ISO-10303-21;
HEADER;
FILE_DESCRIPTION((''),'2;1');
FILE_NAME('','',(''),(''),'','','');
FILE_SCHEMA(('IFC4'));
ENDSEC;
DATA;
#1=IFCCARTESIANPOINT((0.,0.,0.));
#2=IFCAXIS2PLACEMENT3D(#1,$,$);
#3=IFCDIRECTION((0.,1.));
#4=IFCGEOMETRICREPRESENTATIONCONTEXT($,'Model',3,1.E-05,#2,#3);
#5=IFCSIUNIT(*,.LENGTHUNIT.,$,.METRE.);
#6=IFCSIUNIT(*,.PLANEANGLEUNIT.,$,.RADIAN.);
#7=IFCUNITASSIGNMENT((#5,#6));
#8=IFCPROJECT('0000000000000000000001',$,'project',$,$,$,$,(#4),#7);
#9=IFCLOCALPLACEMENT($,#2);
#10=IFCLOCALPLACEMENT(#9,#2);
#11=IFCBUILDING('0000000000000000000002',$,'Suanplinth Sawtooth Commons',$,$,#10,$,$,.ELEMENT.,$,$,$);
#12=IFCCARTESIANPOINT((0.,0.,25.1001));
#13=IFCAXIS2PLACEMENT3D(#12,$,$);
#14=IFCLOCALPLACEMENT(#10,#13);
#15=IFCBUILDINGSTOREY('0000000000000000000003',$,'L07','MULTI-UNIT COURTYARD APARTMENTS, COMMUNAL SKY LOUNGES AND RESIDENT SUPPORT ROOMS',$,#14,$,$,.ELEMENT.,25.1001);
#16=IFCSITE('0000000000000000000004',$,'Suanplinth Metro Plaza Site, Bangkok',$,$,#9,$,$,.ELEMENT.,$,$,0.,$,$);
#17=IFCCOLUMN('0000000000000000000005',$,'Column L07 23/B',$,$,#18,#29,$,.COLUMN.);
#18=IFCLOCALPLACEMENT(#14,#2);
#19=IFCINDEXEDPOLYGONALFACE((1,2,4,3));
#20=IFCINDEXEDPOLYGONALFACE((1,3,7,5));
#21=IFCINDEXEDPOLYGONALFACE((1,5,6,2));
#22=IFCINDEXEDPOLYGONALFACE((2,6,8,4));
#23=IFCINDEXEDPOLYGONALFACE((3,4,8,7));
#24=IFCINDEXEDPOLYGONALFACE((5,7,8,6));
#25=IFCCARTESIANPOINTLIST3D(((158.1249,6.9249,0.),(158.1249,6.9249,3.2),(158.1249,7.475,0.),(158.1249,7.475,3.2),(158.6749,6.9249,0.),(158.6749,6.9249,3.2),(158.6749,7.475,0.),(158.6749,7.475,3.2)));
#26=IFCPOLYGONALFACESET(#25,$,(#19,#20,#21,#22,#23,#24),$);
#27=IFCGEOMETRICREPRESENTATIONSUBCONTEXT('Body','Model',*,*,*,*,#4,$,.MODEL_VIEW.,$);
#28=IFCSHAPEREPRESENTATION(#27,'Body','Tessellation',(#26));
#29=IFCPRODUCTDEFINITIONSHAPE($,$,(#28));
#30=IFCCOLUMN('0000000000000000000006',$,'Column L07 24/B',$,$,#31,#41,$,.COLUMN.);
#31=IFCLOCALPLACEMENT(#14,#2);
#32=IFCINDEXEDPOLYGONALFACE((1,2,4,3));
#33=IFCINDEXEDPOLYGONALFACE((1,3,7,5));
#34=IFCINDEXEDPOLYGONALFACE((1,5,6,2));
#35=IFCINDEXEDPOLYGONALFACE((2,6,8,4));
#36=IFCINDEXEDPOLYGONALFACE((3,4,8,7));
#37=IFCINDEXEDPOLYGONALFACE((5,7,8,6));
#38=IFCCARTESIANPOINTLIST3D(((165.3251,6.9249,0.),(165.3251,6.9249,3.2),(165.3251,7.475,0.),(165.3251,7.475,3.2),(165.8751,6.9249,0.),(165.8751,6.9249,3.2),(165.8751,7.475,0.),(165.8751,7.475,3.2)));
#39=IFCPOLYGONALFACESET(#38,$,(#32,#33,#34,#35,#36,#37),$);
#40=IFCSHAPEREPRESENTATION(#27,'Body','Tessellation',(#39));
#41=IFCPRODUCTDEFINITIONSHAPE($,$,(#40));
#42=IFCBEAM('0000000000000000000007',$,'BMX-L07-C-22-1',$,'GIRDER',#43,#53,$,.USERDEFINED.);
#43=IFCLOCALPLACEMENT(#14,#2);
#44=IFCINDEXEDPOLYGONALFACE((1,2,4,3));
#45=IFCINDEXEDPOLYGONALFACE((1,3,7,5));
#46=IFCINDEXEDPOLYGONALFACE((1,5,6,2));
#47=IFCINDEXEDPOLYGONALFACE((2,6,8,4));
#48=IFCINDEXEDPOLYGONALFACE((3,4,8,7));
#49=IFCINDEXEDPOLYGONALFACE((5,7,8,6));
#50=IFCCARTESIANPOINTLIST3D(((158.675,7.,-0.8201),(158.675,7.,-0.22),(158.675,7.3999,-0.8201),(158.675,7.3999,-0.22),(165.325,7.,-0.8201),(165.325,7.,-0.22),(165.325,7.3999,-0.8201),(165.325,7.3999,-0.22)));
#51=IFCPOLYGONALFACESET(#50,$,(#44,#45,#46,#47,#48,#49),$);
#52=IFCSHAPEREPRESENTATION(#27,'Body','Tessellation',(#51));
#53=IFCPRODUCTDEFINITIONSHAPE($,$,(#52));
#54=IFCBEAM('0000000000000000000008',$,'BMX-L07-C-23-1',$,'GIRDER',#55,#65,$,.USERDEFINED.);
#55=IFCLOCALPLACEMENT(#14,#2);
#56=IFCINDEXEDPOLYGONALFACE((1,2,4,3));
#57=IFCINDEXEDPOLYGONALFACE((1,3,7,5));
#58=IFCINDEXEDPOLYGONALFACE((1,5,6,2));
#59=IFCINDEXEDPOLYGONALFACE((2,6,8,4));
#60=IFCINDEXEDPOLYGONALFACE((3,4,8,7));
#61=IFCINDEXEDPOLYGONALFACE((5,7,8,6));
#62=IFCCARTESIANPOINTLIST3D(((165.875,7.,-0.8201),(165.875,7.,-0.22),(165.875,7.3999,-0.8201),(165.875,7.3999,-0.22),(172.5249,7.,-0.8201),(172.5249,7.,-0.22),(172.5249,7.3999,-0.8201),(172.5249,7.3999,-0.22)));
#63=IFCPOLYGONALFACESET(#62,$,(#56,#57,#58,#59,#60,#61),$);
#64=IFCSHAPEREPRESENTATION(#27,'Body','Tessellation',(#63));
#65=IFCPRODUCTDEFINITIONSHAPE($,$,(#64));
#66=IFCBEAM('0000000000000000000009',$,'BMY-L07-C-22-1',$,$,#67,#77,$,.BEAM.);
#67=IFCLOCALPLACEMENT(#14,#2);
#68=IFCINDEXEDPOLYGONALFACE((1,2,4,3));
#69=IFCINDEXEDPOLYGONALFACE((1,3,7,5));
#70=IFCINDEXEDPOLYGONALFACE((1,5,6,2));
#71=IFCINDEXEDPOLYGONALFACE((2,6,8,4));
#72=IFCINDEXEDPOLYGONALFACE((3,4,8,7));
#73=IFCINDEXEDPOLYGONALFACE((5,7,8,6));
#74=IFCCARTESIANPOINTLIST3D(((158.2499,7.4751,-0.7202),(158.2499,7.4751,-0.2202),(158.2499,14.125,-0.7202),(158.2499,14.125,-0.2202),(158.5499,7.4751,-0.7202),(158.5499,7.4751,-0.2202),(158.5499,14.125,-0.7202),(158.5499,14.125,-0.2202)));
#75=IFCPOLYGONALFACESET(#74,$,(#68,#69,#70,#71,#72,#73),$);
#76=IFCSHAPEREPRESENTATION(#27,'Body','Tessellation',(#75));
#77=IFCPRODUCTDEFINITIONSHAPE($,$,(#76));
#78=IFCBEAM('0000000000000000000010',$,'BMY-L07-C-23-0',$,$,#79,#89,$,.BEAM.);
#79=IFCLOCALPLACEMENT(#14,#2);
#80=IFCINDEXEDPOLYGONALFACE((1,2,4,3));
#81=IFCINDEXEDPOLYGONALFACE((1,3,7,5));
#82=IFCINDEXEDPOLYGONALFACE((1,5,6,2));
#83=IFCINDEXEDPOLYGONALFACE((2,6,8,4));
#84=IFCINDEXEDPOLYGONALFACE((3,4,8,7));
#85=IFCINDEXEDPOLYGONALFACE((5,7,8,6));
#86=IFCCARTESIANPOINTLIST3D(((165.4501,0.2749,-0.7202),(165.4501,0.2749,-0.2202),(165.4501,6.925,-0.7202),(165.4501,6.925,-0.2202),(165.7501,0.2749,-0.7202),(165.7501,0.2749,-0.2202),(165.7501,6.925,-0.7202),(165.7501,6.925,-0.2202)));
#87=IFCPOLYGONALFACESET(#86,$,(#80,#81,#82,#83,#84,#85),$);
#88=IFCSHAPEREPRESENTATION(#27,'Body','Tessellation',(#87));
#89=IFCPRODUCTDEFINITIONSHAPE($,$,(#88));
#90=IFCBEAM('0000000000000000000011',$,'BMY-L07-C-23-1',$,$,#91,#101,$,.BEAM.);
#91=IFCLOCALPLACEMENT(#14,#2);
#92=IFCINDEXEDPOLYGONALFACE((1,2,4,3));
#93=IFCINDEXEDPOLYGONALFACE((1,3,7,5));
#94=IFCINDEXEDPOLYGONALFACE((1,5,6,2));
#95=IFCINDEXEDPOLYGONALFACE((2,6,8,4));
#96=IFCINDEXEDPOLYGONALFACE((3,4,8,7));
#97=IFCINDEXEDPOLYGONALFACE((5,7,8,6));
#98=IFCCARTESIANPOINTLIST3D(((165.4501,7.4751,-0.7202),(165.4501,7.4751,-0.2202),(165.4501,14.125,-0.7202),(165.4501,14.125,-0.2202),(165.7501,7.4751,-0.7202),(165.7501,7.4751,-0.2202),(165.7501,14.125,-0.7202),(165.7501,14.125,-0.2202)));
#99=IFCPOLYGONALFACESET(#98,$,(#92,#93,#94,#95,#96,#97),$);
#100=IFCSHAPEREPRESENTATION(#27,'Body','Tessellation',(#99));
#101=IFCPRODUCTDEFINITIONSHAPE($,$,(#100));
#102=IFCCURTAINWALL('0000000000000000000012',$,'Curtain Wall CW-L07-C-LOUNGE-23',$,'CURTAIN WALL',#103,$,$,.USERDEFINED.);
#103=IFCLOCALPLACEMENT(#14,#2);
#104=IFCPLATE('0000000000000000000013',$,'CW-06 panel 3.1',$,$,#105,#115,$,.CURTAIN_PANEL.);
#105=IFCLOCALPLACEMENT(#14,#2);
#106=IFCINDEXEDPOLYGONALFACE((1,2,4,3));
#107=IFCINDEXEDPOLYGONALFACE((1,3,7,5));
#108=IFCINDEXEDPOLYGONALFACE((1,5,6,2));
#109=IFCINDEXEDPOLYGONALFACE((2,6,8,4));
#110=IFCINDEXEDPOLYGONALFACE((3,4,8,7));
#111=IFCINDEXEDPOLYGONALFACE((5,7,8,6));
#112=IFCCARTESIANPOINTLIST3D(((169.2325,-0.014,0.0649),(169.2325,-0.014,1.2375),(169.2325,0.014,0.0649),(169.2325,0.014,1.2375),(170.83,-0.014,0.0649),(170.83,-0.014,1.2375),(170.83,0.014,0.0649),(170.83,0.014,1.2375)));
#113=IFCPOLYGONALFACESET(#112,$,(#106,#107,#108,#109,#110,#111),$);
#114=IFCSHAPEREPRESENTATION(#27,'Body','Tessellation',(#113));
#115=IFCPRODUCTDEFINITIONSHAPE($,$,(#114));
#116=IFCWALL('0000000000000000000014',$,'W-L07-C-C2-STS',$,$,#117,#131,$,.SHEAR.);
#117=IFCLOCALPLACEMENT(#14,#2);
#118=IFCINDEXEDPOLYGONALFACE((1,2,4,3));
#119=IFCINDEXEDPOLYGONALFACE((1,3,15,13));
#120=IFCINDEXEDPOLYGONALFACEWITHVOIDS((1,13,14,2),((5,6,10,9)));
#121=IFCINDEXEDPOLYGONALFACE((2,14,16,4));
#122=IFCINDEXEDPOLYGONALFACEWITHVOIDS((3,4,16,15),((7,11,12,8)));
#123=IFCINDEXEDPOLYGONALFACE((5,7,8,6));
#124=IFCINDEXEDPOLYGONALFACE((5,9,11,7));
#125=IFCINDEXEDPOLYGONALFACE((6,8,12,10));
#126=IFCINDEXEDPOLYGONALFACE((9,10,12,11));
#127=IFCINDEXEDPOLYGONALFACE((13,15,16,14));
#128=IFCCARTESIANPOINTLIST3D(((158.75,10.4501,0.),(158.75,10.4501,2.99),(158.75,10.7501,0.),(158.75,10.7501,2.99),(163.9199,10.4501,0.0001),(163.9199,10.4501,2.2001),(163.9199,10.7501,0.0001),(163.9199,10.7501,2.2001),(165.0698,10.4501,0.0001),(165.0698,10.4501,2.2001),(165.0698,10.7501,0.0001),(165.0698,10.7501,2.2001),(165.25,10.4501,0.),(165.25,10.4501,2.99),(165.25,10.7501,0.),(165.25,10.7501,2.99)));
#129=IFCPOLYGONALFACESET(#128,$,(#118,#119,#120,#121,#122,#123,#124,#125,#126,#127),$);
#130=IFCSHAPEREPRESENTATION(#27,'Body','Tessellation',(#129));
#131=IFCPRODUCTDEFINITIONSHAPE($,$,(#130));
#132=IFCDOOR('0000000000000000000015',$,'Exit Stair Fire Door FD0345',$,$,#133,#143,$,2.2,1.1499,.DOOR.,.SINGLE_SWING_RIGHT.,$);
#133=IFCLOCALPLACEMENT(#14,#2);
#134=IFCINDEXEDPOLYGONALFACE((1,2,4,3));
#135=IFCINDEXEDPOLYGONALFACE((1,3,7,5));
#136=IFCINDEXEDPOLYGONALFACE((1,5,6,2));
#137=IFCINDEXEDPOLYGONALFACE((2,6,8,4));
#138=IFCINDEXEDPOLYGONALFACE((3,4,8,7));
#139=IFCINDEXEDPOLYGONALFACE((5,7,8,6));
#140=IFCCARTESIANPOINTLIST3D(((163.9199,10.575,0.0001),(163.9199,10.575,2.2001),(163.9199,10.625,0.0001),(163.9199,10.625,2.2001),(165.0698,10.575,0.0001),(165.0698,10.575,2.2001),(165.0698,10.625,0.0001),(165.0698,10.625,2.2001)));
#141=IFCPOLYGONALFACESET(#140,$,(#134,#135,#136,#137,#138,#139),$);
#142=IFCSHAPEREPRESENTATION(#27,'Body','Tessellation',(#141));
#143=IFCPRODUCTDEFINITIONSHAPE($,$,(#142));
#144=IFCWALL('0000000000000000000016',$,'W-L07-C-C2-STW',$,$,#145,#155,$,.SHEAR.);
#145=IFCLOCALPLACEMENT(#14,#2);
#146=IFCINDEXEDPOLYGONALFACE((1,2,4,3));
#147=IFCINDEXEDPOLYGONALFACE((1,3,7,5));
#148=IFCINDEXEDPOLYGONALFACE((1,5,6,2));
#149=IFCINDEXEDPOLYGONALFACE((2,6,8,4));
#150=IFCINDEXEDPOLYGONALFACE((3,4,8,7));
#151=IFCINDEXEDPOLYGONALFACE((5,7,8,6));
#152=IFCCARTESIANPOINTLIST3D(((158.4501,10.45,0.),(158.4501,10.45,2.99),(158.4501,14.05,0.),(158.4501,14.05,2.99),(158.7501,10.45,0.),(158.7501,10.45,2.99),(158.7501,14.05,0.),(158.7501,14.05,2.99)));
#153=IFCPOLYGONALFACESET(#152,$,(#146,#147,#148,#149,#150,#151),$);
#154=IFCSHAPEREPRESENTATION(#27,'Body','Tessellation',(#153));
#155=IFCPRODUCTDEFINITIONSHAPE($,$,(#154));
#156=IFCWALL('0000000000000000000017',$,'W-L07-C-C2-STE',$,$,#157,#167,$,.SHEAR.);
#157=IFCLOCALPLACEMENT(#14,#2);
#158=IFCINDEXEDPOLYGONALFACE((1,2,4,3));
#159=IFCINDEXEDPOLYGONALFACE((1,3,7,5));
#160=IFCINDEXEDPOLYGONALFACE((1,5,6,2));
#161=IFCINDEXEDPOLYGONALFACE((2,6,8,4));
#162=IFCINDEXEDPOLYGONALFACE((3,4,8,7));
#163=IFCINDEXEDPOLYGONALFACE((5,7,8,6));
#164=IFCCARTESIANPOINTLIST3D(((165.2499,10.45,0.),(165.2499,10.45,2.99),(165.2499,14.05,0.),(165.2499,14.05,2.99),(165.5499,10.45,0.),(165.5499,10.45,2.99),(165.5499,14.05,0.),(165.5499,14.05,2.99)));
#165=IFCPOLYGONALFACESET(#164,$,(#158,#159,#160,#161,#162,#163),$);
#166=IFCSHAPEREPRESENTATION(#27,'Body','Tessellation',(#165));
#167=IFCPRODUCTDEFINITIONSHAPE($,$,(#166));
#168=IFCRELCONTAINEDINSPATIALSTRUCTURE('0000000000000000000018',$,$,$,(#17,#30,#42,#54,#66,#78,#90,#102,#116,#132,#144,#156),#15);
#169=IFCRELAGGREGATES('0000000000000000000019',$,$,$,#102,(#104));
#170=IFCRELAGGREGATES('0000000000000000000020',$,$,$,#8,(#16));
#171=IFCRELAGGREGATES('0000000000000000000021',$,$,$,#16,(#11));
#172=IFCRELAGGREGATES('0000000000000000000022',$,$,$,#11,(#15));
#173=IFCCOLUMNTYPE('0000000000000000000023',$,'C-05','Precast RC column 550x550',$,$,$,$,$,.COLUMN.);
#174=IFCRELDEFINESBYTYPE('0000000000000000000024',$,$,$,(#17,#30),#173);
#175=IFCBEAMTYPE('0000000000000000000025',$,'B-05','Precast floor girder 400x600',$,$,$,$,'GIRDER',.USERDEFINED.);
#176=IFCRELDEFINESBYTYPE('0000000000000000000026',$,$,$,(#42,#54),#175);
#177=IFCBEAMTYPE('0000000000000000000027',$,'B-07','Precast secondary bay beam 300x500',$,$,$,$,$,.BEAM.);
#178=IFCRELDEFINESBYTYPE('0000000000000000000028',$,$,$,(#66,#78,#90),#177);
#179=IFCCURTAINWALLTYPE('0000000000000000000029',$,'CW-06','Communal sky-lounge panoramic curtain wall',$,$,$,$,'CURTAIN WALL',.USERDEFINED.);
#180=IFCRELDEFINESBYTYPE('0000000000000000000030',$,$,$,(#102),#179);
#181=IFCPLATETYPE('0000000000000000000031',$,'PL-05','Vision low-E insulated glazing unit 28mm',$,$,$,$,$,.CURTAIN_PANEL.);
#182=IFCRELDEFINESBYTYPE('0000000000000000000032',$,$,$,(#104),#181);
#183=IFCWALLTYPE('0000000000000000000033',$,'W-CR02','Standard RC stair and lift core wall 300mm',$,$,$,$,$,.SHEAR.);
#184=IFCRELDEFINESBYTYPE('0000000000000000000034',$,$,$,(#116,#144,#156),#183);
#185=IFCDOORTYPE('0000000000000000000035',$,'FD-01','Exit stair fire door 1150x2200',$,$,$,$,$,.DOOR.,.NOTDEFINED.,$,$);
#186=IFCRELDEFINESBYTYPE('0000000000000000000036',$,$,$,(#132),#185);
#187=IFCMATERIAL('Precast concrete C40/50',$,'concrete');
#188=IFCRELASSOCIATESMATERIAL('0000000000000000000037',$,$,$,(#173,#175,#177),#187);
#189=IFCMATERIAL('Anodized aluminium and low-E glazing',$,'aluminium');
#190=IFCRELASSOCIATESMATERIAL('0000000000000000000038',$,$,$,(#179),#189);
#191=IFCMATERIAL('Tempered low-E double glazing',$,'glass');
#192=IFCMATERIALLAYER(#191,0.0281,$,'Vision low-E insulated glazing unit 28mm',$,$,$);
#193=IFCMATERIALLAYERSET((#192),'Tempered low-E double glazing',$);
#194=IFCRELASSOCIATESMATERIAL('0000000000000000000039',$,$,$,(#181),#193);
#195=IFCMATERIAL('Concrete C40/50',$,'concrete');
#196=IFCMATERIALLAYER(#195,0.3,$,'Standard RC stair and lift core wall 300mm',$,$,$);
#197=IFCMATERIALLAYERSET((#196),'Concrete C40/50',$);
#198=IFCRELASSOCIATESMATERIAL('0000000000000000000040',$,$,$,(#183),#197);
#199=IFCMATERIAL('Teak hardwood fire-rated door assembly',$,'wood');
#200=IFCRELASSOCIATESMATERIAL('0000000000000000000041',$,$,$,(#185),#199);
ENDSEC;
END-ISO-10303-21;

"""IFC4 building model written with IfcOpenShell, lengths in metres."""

from ifc_helpers import new_model, si_unit, direction, frame, frame_2d, origin, origin_2d, place, context, subcontext, project, spatial, rectangle, extrude, material, layer, layer_set, material_profile, profile_set, type_object, element, fill, aggregate, save


model = new_model("IFC4")

# Units and contexts
model_context = context("Model", 3, precision=1e-05, world=origin(), true_north=direction((0.0, 1.0)))
body_context = subcontext(model_context, "Body", "Model", "MODEL_VIEW")
ifc_project = project(units=[si_unit("LENGTHUNIT", "METRE"), si_unit("PLANEANGLEUNIT", "RADIAN")], contexts=[model_context])

# Site, building, storey
site_placement = place(None, origin())
site = spatial("IfcSite", under=ifc_project, at=site_placement, Name="Suanplinth Metro Plaza Site, Bangkok", CompositionType="ELEMENT", RefElevation=0.0)
building_placement = place(site_placement, origin())
building = spatial("IfcBuilding", under=site, at=building_placement, Name="Suanplinth Sawtooth Commons", CompositionType="ELEMENT")
storey_placement = place(building_placement, frame((0.0, 0.0, 25.1001)))
storey = spatial("IfcBuildingStorey", under=building, at=storey_placement, Name="L07", Description="MULTI-UNIT COURTYARD APARTMENTS, COMMUNAL SKY LOUNGES AND RESIDENT SUPPORT ROOMS", CompositionType="ELEMENT", Elevation=25.1001)

# Columns
ifc_material_1 = material(Name="Precast concrete C40/50", Category="concrete")
ifc_material_profile_1 = material_profile(ifc_material_1, rectangle(XDim=0.55, YDim=0.55, at=origin_2d()), Name="PC-COL 550x550")
ifc_profile_set_1 = profile_set([ifc_material_profile_1], Name="Precast concrete C40/50")
column_type = type_object("IfcColumnType", Name="C-05", Description="Precast RC column 550x550", PredefinedType="COLUMN", material=ifc_profile_set_1)
for number, where, z_axis, x_axis, name in (
    (1, (158.3999, 7.2, 0.0), (0.0, 0.0, 1.0), (1.0, 0.0, 0.0), "Column L07 23/B"),
    (2, (165.6001, 7.2, 0.0), (0.0, 0.0, 1.0), (1.0, 0.0, 0.0), "Column L07 24/B"),
):
    element("IfcColumn", number, at=place(storey_placement, frame(where, z_axis=z_axis, x_axis=x_axis)), inside=storey, type_object=column_type, Name=name, PredefinedType="COLUMN", context=body_context, shape_type="SweptSolid", body=[
        extrude(rectangle(XDim=0.55, YDim=0.55, at=origin_2d()), origin(), (0.0, 0.0, 1.0), 3.2),
    ])

# Beams
ifc_material_profile_2 = material_profile(ifc_material_1, rectangle(XDim=0.3999, YDim=0.6001, at=origin_2d()), Name="PC-GDR 400x600")
ifc_profile_set_2 = profile_set([ifc_material_profile_2], Name="Precast concrete C40/50")
beam_type_1 = type_object("IfcBeamType", Name="B-05", Description="Precast floor girder 400x600", ElementType="GIRDER", PredefinedType="USERDEFINED", material=ifc_profile_set_2)
for number, where, z_axis, x_axis, name in (
    (3, (158.675, 7.2, -0.52), (1.0, 0.0, 0.0), (0.0, 1.0, 0.0), "BMX-L07-C-22-1"),
    (4, (165.875, 7.2, -0.52), (1.0, 0.0, 0.0), (0.0, 1.0, 0.0), "BMX-L07-C-23-1"),
):
    element("IfcBeam", number, at=place(storey_placement, frame(where, z_axis=z_axis, x_axis=x_axis)), inside=storey, type_object=beam_type_1, Name=name, ObjectType="GIRDER", PredefinedType="USERDEFINED", context=body_context, shape_type="SweptSolid", body=[
        extrude(rectangle(XDim=0.3999, YDim=0.6001, at=origin_2d()), origin(), (0.0, 0.0, 1.0), 6.6499),
    ])
ifc_material_profile_3 = material_profile(ifc_material_1, rectangle(XDim=0.3, YDim=0.5, at=origin_2d()), Name="PC-BM 300x500")
ifc_profile_set_3 = profile_set([ifc_material_profile_3], Name="Precast concrete C40/50")
beam_type_2 = type_object("IfcBeamType", Name="B-07", Description="Precast secondary bay beam 300x500", PredefinedType="BEAM", material=ifc_profile_set_3)
beam_1_placement = place(storey_placement, frame((158.3999, 7.4751, -0.4702), z_axis=(0.0, 1.0, 0.0), x_axis=(-1.0, 0.0, 0.0)))
element("IfcBeam", 5, at=beam_1_placement, inside=storey, type_object=beam_type_2, Name="BMY-L07-C-22-1", PredefinedType="BEAM", context=body_context, shape_type="SweptSolid", body=[
    extrude(rectangle(XDim=0.3, YDim=0.5, at=origin_2d()), origin(), (0.0, 0.0, 1.0), 6.6499),
])
beam_2_placement = place(storey_placement, frame((165.6001, 0.2749, -0.4702), z_axis=(0.0, 1.0, 0.0), x_axis=(-1.0, 0.0, 0.0)))
element("IfcBeam", 6, at=beam_2_placement, inside=storey, type_object=beam_type_2, Name="BMY-L07-C-23-0", PredefinedType="BEAM", context=body_context, shape_type="SweptSolid", body=[
    extrude(rectangle(XDim=0.3, YDim=0.5, at=origin_2d()), origin(), (0.0, 0.0, 1.0), 6.6501),
])
beam_3_placement = place(storey_placement, frame((165.6001, 7.4751, -0.4702), z_axis=(0.0, 1.0, 0.0), x_axis=(-1.0, 0.0, 0.0)))
element("IfcBeam", 7, at=beam_3_placement, inside=storey, type_object=beam_type_2, Name="BMY-L07-C-23-1", PredefinedType="BEAM", context=body_context, shape_type="SweptSolid", body=[
    extrude(rectangle(XDim=0.3, YDim=0.5, at=origin_2d()), origin(), (0.0, 0.0, 1.0), 6.6499),
])

# Curtain wall, plate
ifc_material_2 = material(Name="Anodized aluminium and low-E glazing", Category="aluminium")
curtain_wall_type = type_object("IfcCurtainWallType", Name="CW-06", Description="Communal sky-lounge panoramic curtain wall", ElementType="CURTAIN WALL", PredefinedType="USERDEFINED", material=ifc_material_2)
curtain_wall_placement = place(storey_placement, origin())
curtain_wall = element("IfcCurtainWall", 8, at=curtain_wall_placement, inside=storey, type_object=curtain_wall_type, Name="Curtain Wall CW-L07-C-LOUNGE-23", ObjectType="CURTAIN WALL", PredefinedType="USERDEFINED")
ifc_material_3 = material(Name="Tempered low-E double glazing", Category="glass")
ifc_layer_1 = layer(ifc_material_3, 0.0281, Name="Vision low-E insulated glazing unit 28mm")
ifc_layer_set_1 = layer_set([ifc_layer_1], Name="Tempered low-E double glazing")
plate_type = type_object("IfcPlateType", Name="PL-05", Description="Vision low-E insulated glazing unit 28mm", PredefinedType="CURTAIN_PANEL", material=ifc_layer_set_1)
plate_placement = place(storey_placement, frame((170.0312, 0.0, 0.0649), z_axis=(0.0, 0.0, 1.0), x_axis=(1.0, 0.0, 0.0)))
plate = element("IfcPlate", 9, at=plate_placement, type_object=plate_type, Name="CW-06 panel 3.1", PredefinedType="CURTAIN_PANEL", context=body_context, shape_type="SweptSolid", body=[
    extrude(rectangle(XDim=1.5974, YDim=0.0281, at=origin_2d()), origin(), (0.0, 0.0, 1.0), 1.1726),
])
aggregate(curtain_wall, [plate])

# Wall, opening, door
ifc_material_4 = material(Name="Concrete C40/50", Category="concrete")
ifc_layer_2 = layer(ifc_material_4, 0.3, Name="Standard RC stair and lift core wall 300mm")
ifc_layer_set_2 = layer_set([ifc_layer_2], Name="Concrete C40/50")
wall_type_1 = type_object("IfcWallType", Name="W-CR02", Description="Standard RC stair and lift core wall 300mm", PredefinedType="SHEAR", material=ifc_layer_set_2)
wall_1_placement = place(storey_placement, frame((158.75, 10.6001, 0.0), z_axis=(0.0, 0.0, 1.0), x_axis=(1.0, 0.0, 0.0)))
wall_1 = element("IfcWall", 10, at=wall_1_placement, inside=storey, type_object=wall_type_1, Name="W-L07-C-C2-STS", PredefinedType="SHEAR", context=body_context, shape_type="SweptSolid", body=[
    extrude(rectangle(XDim=6.5, YDim=0.3, at=frame_2d((3.25, 0.0))), origin(), (0.0, 0.0, 1.0), 2.99),
])
opening_1_placement = place(wall_1_placement, frame((5.1699, 0.0, 0.0)))
opening_1 = element("IfcOpeningElement", 11, at=opening_1_placement, cuts=wall_1, PredefinedType="OPENING", context=body_context, shape_type="SweptSolid", body=[
    extrude(rectangle(XDim=1.1499, YDim=2.2, at=frame_2d((0.575, 1.1001))), frame((0.0, 0.165, 0.0), z_axis=(0.0, -1.0, 0.0), x_axis=(1.0, 0.0, 0.0)), (0.0, 0.0, 1.0), 0.3298),
])
ifc_material_5 = material(Name="Teak hardwood fire-rated door assembly", Category="wood")
door_type_1 = type_object("IfcDoorType", Name="FD-01", Description="Exit stair fire door 1150x2200", OperationType="NOTDEFINED", PredefinedType="DOOR", material=ifc_material_5)
door_1_placement = place(opening_1_placement, origin())
door_1 = element("IfcDoor", 12, at=door_1_placement, inside=storey, type_object=door_type_1, Name="Exit Stair Fire Door FD0345", OperationType="SINGLE_SWING_RIGHT", OverallHeight=2.2, OverallWidth=1.1499, PredefinedType="DOOR", context=body_context, shape_type="SweptSolid", body=[
    extrude(rectangle(XDim=1.1499, YDim=2.2, at=frame_2d((0.575, 1.1001))), frame((0.0, 0.0249, 0.0), z_axis=(0.0, -1.0, 0.0), x_axis=(1.0, 0.0, 0.0)), (0.0, 0.0, 1.0), 0.05),
])
fill(opening_1, door_1)

# Walls
for number, where, z_axis, x_axis, name in (
    (13, (158.6001, 10.45, 0.0), (0.0, 0.0, 1.0), (0.0, 1.0, 0.0), "W-L07-C-C2-STW"),
    (14, (165.3999, 10.45, 0.0), (0.0, 0.0, 1.0), (0.0, 1.0, 0.0), "W-L07-C-C2-STE"),
):
    element("IfcWall", number, at=place(storey_placement, frame(where, z_axis=z_axis, x_axis=x_axis)), inside=storey, type_object=wall_type_1, Name=name, PredefinedType="SHEAR", context=body_context, shape_type="SweptSolid", body=[
        extrude(rectangle(XDim=3.6001, YDim=0.3, at=frame_2d((1.8, 0.0))), origin(), (0.0, 0.0, 1.0), 2.99),
    ])

save(model, "model.ifc")
